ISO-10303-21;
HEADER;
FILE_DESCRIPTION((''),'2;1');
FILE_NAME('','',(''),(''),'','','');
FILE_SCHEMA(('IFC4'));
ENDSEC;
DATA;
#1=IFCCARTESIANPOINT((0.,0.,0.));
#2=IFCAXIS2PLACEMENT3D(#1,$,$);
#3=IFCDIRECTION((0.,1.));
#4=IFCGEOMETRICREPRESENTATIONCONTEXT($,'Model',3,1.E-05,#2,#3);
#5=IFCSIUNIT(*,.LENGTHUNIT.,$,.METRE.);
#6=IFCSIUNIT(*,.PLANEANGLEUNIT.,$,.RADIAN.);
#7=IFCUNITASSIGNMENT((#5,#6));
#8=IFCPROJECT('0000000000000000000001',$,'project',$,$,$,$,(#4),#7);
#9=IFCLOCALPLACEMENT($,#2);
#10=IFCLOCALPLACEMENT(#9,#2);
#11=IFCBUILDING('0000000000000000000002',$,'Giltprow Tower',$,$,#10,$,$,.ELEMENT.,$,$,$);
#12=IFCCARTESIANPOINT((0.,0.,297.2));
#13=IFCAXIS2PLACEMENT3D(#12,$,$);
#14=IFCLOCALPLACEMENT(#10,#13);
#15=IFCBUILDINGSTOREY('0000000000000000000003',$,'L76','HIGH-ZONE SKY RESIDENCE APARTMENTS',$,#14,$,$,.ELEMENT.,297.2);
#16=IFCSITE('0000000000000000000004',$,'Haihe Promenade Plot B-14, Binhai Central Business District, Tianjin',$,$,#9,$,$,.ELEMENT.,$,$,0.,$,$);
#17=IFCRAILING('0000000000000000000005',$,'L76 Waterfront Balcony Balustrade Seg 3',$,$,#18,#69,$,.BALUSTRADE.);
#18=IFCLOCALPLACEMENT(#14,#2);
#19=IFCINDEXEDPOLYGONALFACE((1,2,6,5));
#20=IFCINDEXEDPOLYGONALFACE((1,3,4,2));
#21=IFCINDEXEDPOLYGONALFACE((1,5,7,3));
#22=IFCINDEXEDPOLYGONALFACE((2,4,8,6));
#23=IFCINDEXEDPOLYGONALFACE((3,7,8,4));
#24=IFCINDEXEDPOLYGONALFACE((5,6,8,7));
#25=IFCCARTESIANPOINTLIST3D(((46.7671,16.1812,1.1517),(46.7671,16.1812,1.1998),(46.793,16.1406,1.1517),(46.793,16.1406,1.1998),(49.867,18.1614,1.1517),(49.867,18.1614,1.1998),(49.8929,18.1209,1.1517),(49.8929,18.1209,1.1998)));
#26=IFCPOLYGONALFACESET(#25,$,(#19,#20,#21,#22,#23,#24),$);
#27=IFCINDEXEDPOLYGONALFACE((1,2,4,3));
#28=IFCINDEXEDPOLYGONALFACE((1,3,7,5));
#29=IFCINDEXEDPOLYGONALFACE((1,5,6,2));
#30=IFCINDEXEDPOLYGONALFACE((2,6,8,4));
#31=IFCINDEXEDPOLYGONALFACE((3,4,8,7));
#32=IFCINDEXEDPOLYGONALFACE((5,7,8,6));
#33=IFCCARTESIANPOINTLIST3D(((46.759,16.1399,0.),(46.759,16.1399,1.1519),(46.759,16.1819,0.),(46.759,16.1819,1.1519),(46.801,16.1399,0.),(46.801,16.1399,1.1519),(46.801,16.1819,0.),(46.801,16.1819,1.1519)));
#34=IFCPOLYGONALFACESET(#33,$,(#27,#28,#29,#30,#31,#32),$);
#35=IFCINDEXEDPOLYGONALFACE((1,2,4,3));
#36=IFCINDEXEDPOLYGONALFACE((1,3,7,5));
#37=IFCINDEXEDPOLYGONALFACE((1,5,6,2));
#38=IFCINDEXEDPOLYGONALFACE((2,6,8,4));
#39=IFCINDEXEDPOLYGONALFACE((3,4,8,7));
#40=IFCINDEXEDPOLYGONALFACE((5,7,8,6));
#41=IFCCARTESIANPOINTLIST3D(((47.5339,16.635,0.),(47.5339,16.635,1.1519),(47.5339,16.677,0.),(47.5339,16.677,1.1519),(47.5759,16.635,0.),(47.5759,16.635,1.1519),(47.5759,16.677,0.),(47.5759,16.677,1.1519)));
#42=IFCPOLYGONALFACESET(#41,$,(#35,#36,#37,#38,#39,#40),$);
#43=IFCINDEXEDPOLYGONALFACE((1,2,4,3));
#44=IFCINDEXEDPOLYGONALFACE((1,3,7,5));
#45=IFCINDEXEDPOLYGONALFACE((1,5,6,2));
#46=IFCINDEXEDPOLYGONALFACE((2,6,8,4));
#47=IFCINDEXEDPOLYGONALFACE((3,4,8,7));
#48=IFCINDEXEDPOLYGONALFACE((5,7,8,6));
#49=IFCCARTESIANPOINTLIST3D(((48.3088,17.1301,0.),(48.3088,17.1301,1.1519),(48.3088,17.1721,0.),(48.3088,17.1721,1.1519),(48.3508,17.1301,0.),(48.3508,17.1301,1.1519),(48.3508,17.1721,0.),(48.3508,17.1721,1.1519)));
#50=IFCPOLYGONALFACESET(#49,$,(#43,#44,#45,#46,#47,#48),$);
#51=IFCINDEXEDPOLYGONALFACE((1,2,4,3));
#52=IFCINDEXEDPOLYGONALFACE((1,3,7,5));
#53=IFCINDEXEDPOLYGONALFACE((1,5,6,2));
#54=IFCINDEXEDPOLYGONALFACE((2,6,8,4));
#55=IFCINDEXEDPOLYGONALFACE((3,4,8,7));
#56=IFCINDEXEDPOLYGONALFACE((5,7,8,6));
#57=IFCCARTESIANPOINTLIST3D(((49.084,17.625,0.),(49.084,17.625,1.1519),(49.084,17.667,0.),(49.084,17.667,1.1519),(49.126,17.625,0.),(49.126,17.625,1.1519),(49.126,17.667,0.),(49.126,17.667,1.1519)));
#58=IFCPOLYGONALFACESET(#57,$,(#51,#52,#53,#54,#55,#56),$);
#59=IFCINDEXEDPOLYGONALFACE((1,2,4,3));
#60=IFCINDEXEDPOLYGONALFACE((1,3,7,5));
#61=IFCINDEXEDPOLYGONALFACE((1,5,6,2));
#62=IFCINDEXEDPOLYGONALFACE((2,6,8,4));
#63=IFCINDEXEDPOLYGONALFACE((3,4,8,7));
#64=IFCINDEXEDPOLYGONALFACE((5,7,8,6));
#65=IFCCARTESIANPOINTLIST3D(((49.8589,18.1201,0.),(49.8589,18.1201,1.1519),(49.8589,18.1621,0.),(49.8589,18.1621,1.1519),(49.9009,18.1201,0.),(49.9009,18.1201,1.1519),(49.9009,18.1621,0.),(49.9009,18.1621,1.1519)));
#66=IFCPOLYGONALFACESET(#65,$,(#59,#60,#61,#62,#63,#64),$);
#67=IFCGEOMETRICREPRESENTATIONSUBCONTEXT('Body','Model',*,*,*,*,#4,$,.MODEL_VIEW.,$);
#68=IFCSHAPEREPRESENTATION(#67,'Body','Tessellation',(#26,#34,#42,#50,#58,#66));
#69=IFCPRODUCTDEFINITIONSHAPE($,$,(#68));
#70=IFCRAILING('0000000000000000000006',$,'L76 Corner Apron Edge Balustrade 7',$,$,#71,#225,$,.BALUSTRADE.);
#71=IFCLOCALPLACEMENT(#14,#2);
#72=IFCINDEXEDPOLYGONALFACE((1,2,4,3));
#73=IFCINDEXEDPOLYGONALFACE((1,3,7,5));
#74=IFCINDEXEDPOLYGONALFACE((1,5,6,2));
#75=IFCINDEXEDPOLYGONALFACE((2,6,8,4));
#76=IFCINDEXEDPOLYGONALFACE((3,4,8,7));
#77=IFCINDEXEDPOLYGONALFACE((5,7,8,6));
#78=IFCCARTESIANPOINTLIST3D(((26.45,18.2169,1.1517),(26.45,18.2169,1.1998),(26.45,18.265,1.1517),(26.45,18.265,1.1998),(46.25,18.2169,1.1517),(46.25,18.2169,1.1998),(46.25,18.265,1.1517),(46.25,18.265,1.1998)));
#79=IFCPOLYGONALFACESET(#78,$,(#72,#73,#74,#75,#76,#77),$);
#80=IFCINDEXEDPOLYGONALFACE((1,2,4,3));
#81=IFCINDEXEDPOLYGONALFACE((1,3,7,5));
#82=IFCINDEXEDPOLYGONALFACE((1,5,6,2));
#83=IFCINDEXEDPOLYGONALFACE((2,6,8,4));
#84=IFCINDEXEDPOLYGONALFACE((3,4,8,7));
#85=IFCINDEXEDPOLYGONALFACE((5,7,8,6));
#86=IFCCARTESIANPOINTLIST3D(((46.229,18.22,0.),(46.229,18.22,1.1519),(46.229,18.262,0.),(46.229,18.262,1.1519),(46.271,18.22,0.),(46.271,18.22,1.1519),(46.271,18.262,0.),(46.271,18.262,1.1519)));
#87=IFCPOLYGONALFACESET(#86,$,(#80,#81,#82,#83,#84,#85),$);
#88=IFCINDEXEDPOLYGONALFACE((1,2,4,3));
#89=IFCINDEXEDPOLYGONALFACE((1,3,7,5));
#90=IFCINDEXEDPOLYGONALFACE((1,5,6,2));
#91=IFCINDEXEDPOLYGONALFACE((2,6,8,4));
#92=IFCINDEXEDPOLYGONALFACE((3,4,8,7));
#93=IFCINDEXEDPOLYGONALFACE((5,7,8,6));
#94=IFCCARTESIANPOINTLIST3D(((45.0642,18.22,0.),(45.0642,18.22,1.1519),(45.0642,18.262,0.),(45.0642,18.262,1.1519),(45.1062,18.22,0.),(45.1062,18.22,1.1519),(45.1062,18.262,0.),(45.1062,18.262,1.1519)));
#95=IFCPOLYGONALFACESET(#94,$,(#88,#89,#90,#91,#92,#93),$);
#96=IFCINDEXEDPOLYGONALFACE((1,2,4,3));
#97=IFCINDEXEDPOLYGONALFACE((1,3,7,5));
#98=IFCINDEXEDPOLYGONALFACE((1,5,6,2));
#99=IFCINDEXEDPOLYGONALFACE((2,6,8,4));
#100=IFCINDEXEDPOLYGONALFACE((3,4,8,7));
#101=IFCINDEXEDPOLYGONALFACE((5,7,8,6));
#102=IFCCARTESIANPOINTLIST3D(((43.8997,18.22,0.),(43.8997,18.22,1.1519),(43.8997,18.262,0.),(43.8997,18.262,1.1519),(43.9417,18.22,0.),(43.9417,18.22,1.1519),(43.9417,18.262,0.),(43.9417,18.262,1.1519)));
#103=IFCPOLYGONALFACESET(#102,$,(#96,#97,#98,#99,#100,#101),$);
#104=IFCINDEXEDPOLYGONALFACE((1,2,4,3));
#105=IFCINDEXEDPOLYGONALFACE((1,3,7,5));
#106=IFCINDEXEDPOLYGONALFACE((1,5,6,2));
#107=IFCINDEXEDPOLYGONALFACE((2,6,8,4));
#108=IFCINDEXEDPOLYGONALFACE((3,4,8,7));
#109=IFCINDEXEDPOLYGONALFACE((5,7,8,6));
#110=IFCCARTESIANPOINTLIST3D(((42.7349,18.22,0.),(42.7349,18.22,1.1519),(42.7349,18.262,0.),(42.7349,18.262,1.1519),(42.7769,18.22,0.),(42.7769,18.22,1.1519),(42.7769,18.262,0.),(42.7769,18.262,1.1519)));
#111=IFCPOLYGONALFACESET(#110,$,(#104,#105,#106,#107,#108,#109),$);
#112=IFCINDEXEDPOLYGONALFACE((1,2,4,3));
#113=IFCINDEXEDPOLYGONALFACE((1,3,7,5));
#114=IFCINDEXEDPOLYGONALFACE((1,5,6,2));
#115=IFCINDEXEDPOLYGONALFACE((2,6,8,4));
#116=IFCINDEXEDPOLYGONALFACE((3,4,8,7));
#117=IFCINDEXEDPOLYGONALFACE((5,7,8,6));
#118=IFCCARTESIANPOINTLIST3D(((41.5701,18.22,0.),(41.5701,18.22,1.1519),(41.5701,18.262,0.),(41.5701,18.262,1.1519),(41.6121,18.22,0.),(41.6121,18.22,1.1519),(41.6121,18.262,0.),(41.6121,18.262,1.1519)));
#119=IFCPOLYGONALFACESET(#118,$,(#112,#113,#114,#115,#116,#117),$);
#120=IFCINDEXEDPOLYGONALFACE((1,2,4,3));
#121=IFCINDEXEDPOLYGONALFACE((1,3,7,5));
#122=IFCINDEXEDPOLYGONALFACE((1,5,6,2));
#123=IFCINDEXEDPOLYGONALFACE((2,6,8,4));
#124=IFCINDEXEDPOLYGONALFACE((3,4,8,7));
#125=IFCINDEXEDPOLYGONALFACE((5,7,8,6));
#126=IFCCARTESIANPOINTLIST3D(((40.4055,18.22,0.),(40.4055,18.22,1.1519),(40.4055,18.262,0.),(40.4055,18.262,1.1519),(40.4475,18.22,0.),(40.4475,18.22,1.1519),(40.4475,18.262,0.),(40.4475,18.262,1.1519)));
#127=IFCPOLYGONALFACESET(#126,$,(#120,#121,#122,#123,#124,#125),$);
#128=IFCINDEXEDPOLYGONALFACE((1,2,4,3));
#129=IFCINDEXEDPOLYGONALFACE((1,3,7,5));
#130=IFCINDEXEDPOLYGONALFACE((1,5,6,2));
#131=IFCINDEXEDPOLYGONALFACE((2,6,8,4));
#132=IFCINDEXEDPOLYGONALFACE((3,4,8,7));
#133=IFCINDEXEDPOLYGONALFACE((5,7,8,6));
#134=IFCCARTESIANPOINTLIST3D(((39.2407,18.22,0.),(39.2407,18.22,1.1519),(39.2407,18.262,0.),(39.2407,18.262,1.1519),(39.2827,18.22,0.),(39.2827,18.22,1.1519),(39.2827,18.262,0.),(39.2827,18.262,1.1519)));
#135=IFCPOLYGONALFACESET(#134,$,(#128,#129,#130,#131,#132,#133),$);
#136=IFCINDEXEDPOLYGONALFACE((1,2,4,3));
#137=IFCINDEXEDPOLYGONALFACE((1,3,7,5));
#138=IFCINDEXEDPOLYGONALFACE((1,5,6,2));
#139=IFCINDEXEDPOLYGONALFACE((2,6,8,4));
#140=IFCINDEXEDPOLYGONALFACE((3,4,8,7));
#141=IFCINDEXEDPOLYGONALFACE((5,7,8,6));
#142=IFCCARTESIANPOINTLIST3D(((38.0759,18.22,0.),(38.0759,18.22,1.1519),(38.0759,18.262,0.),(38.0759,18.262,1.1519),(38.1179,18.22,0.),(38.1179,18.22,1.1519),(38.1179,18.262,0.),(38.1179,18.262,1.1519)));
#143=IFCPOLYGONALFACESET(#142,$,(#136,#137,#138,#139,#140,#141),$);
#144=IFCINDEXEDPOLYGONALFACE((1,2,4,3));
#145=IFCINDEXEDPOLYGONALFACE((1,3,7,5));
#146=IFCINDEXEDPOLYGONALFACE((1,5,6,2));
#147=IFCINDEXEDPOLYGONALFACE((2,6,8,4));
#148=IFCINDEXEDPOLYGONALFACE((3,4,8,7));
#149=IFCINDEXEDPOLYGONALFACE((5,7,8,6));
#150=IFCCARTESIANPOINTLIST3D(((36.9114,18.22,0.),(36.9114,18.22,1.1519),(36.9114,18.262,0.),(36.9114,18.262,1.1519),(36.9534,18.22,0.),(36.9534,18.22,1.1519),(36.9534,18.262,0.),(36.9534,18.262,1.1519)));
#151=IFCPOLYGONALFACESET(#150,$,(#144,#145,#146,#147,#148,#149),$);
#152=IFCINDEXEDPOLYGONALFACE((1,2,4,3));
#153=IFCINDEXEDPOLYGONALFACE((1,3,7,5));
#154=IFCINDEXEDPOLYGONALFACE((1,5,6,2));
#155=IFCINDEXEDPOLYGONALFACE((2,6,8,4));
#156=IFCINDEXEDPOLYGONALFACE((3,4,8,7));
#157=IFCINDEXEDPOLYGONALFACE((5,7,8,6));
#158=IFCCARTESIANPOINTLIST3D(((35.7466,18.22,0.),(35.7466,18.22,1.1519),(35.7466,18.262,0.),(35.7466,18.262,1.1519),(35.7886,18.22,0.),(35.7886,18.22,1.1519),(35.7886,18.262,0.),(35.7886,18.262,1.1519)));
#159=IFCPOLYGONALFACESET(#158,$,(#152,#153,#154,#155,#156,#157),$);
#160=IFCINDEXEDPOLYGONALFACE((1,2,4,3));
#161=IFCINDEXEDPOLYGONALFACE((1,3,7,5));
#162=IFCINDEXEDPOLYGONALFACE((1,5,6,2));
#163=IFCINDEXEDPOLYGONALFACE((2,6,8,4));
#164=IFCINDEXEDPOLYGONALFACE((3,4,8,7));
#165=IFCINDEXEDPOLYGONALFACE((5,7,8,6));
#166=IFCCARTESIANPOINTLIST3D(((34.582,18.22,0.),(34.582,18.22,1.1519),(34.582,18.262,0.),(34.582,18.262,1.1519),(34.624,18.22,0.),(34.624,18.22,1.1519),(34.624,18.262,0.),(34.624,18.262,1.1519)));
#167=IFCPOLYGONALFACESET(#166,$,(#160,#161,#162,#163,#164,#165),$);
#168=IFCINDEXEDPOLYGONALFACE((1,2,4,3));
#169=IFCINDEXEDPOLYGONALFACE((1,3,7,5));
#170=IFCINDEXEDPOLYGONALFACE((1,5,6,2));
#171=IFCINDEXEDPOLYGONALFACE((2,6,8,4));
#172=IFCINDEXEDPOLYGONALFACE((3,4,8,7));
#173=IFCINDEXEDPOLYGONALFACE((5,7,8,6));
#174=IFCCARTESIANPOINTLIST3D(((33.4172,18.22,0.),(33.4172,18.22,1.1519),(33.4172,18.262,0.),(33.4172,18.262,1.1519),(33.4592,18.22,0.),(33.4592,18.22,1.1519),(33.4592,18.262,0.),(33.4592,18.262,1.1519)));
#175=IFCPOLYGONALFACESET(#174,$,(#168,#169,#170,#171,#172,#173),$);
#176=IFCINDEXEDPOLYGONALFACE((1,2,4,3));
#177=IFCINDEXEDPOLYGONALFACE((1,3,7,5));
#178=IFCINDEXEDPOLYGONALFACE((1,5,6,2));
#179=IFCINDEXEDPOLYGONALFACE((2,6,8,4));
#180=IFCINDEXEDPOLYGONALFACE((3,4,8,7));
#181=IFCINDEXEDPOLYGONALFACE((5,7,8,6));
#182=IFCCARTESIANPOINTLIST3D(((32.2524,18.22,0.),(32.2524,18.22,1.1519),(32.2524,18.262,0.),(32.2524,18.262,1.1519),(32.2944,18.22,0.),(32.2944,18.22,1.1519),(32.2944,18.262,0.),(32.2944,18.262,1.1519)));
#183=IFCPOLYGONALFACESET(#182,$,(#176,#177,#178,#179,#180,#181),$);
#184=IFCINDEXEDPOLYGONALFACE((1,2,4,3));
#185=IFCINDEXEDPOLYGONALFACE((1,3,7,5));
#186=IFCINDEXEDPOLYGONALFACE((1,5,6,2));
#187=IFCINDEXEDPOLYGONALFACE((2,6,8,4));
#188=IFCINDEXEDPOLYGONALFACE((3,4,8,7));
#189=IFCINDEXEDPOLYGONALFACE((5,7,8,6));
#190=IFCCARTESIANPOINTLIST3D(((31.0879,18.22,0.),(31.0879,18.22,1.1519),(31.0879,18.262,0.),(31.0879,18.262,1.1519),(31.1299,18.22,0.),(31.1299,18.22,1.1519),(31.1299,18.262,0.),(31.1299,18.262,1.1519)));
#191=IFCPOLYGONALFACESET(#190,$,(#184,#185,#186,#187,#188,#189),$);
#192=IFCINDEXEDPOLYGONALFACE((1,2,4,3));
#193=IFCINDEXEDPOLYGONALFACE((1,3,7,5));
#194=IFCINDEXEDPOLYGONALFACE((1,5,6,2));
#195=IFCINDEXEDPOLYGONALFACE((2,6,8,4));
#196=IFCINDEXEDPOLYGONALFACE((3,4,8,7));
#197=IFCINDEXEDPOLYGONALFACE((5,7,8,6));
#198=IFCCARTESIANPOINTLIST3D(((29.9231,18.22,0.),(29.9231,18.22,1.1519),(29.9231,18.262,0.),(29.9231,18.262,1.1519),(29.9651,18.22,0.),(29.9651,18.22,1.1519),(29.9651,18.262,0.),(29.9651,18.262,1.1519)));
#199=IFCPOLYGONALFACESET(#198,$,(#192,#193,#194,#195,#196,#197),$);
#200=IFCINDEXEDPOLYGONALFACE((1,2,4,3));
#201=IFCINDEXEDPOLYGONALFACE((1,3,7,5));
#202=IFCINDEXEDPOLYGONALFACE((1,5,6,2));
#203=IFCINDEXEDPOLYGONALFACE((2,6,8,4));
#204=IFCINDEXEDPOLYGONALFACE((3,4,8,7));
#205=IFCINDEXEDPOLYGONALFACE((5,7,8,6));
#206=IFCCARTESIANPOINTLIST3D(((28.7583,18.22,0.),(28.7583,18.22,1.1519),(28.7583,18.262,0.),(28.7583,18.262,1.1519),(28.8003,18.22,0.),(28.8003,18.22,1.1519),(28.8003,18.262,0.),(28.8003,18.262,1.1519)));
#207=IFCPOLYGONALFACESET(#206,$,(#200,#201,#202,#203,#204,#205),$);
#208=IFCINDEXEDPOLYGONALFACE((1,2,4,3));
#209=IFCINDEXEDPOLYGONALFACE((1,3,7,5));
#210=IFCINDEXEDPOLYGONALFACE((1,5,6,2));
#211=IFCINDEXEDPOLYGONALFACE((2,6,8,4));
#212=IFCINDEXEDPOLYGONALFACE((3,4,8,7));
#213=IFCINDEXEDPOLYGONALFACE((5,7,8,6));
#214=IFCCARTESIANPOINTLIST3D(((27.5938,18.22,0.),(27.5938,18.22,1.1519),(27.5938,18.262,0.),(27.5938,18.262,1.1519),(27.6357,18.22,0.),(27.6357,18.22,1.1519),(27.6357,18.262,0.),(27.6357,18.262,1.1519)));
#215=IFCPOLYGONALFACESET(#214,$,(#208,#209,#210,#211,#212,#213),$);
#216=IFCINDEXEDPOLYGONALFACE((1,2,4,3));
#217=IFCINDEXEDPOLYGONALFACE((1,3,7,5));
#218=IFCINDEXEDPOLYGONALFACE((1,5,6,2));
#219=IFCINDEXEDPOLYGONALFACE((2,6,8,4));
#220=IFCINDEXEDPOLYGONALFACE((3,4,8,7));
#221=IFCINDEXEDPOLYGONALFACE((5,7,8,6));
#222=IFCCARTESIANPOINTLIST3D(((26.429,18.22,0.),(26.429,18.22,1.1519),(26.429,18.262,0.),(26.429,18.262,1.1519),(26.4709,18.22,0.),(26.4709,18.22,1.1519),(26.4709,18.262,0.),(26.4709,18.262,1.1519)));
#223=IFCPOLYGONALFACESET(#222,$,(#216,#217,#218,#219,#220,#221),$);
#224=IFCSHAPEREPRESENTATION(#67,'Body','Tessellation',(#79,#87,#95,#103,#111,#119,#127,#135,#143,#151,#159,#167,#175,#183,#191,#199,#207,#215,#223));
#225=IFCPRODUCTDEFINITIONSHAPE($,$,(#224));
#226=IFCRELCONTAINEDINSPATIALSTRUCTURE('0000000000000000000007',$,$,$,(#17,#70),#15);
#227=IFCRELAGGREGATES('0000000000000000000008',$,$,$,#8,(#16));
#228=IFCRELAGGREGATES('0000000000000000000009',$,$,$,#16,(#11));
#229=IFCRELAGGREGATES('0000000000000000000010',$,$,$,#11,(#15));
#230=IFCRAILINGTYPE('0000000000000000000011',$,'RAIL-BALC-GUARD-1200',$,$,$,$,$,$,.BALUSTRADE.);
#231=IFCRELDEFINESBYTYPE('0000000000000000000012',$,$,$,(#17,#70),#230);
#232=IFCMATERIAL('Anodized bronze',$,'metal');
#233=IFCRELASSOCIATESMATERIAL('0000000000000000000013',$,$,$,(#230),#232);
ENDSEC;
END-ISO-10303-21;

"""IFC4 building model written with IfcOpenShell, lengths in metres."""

from ifc_helpers import new_model, si_unit, direction, frame, origin, origin_2d, place, context, subcontext, project, spatial, rectangle, extrude, material, type_object, element, save


model = new_model("IFC4")

# Units and contexts
model_context = context("Model", 3, precision=1e-05, world=origin(), true_north=direction((0.0, 1.0)))
body_context = subcontext(model_context, "Body", "Model", "MODEL_VIEW")
ifc_project = project(units=[si_unit("LENGTHUNIT", "METRE"), si_unit("PLANEANGLEUNIT", "RADIAN")], contexts=[model_context])

# Site, building, storey
site_placement = place(None, origin())
site = spatial("IfcSite", under=ifc_project, at=site_placement, Name="Haihe Promenade Plot B-14, Binhai Central Business District, Tianjin", CompositionType="ELEMENT", RefElevation=0.0)
building_placement = place(site_placement, origin())
building = spatial("IfcBuilding", under=site, at=building_placement, Name="Giltprow Tower", CompositionType="ELEMENT")
storey_placement = place(building_placement, frame((0.0, 0.0, 297.2)))
storey = spatial("IfcBuildingStorey", under=building, at=storey_placement, Name="L76", Description="HIGH-ZONE SKY RESIDENCE APARTMENTS", CompositionType="ELEMENT", Elevation=297.2)

# Railings
ifc_material_1 = material(Name="Anodized bronze", Category="metal")
railing_type = type_object("IfcRailingType", Name="RAIL-BALC-GUARD-1200", PredefinedType="BALUSTRADE", material=ifc_material_1)
railing_1_placement = place(storey_placement, frame((46.78, 16.1609, 0.0)))
element("IfcRailing", 1, at=railing_1_placement, inside=storey, type_object=railing_type, Name="L76 Waterfront Balcony Balustrade Seg 3", PredefinedType="BALUSTRADE", context=body_context, shape_type="SweptSolid", body=[
    extrude(rectangle(XDim=0.0481, YDim=0.0481, at=origin_2d()), frame((0.0, 0.0, 1.1758), z_axis=(0.842726, 0.538343, 0.0), x_axis=(-0.538343, 0.842726, 0.0)), (0.0, 0.0, 1.0), 3.6785),
    extrude(rectangle(XDim=0.042, YDim=0.042, at=origin_2d()), origin(), (0.0, 0.0, 1.0), 1.1519),
    extrude(rectangle(XDim=0.042, YDim=0.042, at=origin_2d()), frame((0.7749, 0.4951, 0.0)), (0.0, 0.0, 1.0), 1.1519),
    extrude(rectangle(XDim=0.042, YDim=0.042, at=origin_2d()), frame((1.5498, 0.9902, 0.0)), (0.0, 0.0, 1.0), 1.1519),
    extrude(rectangle(XDim=0.042, YDim=0.042, at=origin_2d()), frame((2.325, 1.4851, 0.0)), (0.0, 0.0, 1.0), 1.1519),
    extrude(rectangle(XDim=0.042, YDim=0.042, at=origin_2d()), frame((3.0999, 1.9802, 0.0)), (0.0, 0.0, 1.0), 1.1519),
])
railing_2_placement = place(storey_placement, frame((46.25, 18.241, 0.0)))
element("IfcRailing", 2, at=railing_2_placement, inside=storey, type_object=railing_type, Name="L76 Corner Apron Edge Balustrade 7", PredefinedType="BALUSTRADE", context=body_context, shape_type="SweptSolid", body=[
    extrude(rectangle(XDim=0.0481, YDim=0.0481, at=origin_2d()), frame((0.0, 0.0, 1.1758), z_axis=(-1.0, 0.0, 0.0), x_axis=(0.0, -1.0, 0.0)), (0.0, 0.0, 1.0), 19.8),
    extrude(rectangle(XDim=0.042, YDim=0.042, at=origin_2d()), origin(), (0.0, 0.0, 1.0), 1.1519),
    extrude(rectangle(XDim=0.042, YDim=0.042, at=origin_2d()), frame((-1.1648, 0.0, 0.0)), (0.0, 0.0, 1.0), 1.1519),
    extrude(rectangle(XDim=0.042, YDim=0.042, at=origin_2d()), frame((-2.3293, 0.0, 0.0)), (0.0, 0.0, 1.0), 1.1519),
    extrude(rectangle(XDim=0.042, YDim=0.042, at=origin_2d()), frame((-3.4941, 0.0, 0.0)), (0.0, 0.0, 1.0), 1.1519),
    extrude(rectangle(XDim=0.042, YDim=0.042, at=origin_2d()), frame((-4.6589, 0.0, 0.0)), (0.0, 0.0, 1.0), 1.1519),
    extrude(rectangle(XDim=0.042, YDim=0.042, at=origin_2d()), frame((-5.8235, 0.0, 0.0)), (0.0, 0.0, 1.0), 1.1519),
    extrude(rectangle(XDim=0.042, YDim=0.042, at=origin_2d()), frame((-6.9883, 0.0, 0.0)), (0.0, 0.0, 1.0), 1.1519),
    extrude(rectangle(XDim=0.042, YDim=0.042, at=origin_2d()), frame((-8.1531, 0.0, 0.0)), (0.0, 0.0, 1.0), 1.1519),
    extrude(rectangle(XDim=0.042, YDim=0.042, at=origin_2d()), frame((-9.3176, 0.0, 0.0)), (0.0, 0.0, 1.0), 1.1519),
    extrude(rectangle(XDim=0.042, YDim=0.042, at=origin_2d()), frame((-10.4824, 0.0, 0.0)), (0.0, 0.0, 1.0), 1.1519),
    extrude(rectangle(XDim=0.042, YDim=0.042, at=origin_2d()), frame((-11.647, 0.0, 0.0)), (0.0, 0.0, 1.0), 1.1519),
    extrude(rectangle(XDim=0.042, YDim=0.042, at=origin_2d()), frame((-12.8118, 0.0, 0.0)), (0.0, 0.0, 1.0), 1.1519),
    extrude(rectangle(XDim=0.042, YDim=0.042, at=origin_2d()), frame((-13.9766, 0.0, 0.0)), (0.0, 0.0, 1.0), 1.1519),
    extrude(rectangle(XDim=0.042, YDim=0.042, at=origin_2d()), frame((-15.1411, 0.0, 0.0)), (0.0, 0.0, 1.0), 1.1519),
    extrude(rectangle(XDim=0.042, YDim=0.042, at=origin_2d()), frame((-16.3059, 0.0, 0.0)), (0.0, 0.0, 1.0), 1.1519),
    extrude(rectangle(XDim=0.042, YDim=0.042, at=origin_2d()), frame((-17.4707, 0.0, 0.0)), (0.0, 0.0, 1.0), 1.1519),
    extrude(rectangle(XDim=0.042, YDim=0.042, at=origin_2d()), frame((-18.6353, 0.0, 0.0)), (0.0, 0.0, 1.0), 1.1519),
    extrude(rectangle(XDim=0.042, YDim=0.042, at=origin_2d()), frame((-19.8, 0.0, 0.0)), (0.0, 0.0, 1.0), 1.1519),
])

save(model, "model.ifc")
